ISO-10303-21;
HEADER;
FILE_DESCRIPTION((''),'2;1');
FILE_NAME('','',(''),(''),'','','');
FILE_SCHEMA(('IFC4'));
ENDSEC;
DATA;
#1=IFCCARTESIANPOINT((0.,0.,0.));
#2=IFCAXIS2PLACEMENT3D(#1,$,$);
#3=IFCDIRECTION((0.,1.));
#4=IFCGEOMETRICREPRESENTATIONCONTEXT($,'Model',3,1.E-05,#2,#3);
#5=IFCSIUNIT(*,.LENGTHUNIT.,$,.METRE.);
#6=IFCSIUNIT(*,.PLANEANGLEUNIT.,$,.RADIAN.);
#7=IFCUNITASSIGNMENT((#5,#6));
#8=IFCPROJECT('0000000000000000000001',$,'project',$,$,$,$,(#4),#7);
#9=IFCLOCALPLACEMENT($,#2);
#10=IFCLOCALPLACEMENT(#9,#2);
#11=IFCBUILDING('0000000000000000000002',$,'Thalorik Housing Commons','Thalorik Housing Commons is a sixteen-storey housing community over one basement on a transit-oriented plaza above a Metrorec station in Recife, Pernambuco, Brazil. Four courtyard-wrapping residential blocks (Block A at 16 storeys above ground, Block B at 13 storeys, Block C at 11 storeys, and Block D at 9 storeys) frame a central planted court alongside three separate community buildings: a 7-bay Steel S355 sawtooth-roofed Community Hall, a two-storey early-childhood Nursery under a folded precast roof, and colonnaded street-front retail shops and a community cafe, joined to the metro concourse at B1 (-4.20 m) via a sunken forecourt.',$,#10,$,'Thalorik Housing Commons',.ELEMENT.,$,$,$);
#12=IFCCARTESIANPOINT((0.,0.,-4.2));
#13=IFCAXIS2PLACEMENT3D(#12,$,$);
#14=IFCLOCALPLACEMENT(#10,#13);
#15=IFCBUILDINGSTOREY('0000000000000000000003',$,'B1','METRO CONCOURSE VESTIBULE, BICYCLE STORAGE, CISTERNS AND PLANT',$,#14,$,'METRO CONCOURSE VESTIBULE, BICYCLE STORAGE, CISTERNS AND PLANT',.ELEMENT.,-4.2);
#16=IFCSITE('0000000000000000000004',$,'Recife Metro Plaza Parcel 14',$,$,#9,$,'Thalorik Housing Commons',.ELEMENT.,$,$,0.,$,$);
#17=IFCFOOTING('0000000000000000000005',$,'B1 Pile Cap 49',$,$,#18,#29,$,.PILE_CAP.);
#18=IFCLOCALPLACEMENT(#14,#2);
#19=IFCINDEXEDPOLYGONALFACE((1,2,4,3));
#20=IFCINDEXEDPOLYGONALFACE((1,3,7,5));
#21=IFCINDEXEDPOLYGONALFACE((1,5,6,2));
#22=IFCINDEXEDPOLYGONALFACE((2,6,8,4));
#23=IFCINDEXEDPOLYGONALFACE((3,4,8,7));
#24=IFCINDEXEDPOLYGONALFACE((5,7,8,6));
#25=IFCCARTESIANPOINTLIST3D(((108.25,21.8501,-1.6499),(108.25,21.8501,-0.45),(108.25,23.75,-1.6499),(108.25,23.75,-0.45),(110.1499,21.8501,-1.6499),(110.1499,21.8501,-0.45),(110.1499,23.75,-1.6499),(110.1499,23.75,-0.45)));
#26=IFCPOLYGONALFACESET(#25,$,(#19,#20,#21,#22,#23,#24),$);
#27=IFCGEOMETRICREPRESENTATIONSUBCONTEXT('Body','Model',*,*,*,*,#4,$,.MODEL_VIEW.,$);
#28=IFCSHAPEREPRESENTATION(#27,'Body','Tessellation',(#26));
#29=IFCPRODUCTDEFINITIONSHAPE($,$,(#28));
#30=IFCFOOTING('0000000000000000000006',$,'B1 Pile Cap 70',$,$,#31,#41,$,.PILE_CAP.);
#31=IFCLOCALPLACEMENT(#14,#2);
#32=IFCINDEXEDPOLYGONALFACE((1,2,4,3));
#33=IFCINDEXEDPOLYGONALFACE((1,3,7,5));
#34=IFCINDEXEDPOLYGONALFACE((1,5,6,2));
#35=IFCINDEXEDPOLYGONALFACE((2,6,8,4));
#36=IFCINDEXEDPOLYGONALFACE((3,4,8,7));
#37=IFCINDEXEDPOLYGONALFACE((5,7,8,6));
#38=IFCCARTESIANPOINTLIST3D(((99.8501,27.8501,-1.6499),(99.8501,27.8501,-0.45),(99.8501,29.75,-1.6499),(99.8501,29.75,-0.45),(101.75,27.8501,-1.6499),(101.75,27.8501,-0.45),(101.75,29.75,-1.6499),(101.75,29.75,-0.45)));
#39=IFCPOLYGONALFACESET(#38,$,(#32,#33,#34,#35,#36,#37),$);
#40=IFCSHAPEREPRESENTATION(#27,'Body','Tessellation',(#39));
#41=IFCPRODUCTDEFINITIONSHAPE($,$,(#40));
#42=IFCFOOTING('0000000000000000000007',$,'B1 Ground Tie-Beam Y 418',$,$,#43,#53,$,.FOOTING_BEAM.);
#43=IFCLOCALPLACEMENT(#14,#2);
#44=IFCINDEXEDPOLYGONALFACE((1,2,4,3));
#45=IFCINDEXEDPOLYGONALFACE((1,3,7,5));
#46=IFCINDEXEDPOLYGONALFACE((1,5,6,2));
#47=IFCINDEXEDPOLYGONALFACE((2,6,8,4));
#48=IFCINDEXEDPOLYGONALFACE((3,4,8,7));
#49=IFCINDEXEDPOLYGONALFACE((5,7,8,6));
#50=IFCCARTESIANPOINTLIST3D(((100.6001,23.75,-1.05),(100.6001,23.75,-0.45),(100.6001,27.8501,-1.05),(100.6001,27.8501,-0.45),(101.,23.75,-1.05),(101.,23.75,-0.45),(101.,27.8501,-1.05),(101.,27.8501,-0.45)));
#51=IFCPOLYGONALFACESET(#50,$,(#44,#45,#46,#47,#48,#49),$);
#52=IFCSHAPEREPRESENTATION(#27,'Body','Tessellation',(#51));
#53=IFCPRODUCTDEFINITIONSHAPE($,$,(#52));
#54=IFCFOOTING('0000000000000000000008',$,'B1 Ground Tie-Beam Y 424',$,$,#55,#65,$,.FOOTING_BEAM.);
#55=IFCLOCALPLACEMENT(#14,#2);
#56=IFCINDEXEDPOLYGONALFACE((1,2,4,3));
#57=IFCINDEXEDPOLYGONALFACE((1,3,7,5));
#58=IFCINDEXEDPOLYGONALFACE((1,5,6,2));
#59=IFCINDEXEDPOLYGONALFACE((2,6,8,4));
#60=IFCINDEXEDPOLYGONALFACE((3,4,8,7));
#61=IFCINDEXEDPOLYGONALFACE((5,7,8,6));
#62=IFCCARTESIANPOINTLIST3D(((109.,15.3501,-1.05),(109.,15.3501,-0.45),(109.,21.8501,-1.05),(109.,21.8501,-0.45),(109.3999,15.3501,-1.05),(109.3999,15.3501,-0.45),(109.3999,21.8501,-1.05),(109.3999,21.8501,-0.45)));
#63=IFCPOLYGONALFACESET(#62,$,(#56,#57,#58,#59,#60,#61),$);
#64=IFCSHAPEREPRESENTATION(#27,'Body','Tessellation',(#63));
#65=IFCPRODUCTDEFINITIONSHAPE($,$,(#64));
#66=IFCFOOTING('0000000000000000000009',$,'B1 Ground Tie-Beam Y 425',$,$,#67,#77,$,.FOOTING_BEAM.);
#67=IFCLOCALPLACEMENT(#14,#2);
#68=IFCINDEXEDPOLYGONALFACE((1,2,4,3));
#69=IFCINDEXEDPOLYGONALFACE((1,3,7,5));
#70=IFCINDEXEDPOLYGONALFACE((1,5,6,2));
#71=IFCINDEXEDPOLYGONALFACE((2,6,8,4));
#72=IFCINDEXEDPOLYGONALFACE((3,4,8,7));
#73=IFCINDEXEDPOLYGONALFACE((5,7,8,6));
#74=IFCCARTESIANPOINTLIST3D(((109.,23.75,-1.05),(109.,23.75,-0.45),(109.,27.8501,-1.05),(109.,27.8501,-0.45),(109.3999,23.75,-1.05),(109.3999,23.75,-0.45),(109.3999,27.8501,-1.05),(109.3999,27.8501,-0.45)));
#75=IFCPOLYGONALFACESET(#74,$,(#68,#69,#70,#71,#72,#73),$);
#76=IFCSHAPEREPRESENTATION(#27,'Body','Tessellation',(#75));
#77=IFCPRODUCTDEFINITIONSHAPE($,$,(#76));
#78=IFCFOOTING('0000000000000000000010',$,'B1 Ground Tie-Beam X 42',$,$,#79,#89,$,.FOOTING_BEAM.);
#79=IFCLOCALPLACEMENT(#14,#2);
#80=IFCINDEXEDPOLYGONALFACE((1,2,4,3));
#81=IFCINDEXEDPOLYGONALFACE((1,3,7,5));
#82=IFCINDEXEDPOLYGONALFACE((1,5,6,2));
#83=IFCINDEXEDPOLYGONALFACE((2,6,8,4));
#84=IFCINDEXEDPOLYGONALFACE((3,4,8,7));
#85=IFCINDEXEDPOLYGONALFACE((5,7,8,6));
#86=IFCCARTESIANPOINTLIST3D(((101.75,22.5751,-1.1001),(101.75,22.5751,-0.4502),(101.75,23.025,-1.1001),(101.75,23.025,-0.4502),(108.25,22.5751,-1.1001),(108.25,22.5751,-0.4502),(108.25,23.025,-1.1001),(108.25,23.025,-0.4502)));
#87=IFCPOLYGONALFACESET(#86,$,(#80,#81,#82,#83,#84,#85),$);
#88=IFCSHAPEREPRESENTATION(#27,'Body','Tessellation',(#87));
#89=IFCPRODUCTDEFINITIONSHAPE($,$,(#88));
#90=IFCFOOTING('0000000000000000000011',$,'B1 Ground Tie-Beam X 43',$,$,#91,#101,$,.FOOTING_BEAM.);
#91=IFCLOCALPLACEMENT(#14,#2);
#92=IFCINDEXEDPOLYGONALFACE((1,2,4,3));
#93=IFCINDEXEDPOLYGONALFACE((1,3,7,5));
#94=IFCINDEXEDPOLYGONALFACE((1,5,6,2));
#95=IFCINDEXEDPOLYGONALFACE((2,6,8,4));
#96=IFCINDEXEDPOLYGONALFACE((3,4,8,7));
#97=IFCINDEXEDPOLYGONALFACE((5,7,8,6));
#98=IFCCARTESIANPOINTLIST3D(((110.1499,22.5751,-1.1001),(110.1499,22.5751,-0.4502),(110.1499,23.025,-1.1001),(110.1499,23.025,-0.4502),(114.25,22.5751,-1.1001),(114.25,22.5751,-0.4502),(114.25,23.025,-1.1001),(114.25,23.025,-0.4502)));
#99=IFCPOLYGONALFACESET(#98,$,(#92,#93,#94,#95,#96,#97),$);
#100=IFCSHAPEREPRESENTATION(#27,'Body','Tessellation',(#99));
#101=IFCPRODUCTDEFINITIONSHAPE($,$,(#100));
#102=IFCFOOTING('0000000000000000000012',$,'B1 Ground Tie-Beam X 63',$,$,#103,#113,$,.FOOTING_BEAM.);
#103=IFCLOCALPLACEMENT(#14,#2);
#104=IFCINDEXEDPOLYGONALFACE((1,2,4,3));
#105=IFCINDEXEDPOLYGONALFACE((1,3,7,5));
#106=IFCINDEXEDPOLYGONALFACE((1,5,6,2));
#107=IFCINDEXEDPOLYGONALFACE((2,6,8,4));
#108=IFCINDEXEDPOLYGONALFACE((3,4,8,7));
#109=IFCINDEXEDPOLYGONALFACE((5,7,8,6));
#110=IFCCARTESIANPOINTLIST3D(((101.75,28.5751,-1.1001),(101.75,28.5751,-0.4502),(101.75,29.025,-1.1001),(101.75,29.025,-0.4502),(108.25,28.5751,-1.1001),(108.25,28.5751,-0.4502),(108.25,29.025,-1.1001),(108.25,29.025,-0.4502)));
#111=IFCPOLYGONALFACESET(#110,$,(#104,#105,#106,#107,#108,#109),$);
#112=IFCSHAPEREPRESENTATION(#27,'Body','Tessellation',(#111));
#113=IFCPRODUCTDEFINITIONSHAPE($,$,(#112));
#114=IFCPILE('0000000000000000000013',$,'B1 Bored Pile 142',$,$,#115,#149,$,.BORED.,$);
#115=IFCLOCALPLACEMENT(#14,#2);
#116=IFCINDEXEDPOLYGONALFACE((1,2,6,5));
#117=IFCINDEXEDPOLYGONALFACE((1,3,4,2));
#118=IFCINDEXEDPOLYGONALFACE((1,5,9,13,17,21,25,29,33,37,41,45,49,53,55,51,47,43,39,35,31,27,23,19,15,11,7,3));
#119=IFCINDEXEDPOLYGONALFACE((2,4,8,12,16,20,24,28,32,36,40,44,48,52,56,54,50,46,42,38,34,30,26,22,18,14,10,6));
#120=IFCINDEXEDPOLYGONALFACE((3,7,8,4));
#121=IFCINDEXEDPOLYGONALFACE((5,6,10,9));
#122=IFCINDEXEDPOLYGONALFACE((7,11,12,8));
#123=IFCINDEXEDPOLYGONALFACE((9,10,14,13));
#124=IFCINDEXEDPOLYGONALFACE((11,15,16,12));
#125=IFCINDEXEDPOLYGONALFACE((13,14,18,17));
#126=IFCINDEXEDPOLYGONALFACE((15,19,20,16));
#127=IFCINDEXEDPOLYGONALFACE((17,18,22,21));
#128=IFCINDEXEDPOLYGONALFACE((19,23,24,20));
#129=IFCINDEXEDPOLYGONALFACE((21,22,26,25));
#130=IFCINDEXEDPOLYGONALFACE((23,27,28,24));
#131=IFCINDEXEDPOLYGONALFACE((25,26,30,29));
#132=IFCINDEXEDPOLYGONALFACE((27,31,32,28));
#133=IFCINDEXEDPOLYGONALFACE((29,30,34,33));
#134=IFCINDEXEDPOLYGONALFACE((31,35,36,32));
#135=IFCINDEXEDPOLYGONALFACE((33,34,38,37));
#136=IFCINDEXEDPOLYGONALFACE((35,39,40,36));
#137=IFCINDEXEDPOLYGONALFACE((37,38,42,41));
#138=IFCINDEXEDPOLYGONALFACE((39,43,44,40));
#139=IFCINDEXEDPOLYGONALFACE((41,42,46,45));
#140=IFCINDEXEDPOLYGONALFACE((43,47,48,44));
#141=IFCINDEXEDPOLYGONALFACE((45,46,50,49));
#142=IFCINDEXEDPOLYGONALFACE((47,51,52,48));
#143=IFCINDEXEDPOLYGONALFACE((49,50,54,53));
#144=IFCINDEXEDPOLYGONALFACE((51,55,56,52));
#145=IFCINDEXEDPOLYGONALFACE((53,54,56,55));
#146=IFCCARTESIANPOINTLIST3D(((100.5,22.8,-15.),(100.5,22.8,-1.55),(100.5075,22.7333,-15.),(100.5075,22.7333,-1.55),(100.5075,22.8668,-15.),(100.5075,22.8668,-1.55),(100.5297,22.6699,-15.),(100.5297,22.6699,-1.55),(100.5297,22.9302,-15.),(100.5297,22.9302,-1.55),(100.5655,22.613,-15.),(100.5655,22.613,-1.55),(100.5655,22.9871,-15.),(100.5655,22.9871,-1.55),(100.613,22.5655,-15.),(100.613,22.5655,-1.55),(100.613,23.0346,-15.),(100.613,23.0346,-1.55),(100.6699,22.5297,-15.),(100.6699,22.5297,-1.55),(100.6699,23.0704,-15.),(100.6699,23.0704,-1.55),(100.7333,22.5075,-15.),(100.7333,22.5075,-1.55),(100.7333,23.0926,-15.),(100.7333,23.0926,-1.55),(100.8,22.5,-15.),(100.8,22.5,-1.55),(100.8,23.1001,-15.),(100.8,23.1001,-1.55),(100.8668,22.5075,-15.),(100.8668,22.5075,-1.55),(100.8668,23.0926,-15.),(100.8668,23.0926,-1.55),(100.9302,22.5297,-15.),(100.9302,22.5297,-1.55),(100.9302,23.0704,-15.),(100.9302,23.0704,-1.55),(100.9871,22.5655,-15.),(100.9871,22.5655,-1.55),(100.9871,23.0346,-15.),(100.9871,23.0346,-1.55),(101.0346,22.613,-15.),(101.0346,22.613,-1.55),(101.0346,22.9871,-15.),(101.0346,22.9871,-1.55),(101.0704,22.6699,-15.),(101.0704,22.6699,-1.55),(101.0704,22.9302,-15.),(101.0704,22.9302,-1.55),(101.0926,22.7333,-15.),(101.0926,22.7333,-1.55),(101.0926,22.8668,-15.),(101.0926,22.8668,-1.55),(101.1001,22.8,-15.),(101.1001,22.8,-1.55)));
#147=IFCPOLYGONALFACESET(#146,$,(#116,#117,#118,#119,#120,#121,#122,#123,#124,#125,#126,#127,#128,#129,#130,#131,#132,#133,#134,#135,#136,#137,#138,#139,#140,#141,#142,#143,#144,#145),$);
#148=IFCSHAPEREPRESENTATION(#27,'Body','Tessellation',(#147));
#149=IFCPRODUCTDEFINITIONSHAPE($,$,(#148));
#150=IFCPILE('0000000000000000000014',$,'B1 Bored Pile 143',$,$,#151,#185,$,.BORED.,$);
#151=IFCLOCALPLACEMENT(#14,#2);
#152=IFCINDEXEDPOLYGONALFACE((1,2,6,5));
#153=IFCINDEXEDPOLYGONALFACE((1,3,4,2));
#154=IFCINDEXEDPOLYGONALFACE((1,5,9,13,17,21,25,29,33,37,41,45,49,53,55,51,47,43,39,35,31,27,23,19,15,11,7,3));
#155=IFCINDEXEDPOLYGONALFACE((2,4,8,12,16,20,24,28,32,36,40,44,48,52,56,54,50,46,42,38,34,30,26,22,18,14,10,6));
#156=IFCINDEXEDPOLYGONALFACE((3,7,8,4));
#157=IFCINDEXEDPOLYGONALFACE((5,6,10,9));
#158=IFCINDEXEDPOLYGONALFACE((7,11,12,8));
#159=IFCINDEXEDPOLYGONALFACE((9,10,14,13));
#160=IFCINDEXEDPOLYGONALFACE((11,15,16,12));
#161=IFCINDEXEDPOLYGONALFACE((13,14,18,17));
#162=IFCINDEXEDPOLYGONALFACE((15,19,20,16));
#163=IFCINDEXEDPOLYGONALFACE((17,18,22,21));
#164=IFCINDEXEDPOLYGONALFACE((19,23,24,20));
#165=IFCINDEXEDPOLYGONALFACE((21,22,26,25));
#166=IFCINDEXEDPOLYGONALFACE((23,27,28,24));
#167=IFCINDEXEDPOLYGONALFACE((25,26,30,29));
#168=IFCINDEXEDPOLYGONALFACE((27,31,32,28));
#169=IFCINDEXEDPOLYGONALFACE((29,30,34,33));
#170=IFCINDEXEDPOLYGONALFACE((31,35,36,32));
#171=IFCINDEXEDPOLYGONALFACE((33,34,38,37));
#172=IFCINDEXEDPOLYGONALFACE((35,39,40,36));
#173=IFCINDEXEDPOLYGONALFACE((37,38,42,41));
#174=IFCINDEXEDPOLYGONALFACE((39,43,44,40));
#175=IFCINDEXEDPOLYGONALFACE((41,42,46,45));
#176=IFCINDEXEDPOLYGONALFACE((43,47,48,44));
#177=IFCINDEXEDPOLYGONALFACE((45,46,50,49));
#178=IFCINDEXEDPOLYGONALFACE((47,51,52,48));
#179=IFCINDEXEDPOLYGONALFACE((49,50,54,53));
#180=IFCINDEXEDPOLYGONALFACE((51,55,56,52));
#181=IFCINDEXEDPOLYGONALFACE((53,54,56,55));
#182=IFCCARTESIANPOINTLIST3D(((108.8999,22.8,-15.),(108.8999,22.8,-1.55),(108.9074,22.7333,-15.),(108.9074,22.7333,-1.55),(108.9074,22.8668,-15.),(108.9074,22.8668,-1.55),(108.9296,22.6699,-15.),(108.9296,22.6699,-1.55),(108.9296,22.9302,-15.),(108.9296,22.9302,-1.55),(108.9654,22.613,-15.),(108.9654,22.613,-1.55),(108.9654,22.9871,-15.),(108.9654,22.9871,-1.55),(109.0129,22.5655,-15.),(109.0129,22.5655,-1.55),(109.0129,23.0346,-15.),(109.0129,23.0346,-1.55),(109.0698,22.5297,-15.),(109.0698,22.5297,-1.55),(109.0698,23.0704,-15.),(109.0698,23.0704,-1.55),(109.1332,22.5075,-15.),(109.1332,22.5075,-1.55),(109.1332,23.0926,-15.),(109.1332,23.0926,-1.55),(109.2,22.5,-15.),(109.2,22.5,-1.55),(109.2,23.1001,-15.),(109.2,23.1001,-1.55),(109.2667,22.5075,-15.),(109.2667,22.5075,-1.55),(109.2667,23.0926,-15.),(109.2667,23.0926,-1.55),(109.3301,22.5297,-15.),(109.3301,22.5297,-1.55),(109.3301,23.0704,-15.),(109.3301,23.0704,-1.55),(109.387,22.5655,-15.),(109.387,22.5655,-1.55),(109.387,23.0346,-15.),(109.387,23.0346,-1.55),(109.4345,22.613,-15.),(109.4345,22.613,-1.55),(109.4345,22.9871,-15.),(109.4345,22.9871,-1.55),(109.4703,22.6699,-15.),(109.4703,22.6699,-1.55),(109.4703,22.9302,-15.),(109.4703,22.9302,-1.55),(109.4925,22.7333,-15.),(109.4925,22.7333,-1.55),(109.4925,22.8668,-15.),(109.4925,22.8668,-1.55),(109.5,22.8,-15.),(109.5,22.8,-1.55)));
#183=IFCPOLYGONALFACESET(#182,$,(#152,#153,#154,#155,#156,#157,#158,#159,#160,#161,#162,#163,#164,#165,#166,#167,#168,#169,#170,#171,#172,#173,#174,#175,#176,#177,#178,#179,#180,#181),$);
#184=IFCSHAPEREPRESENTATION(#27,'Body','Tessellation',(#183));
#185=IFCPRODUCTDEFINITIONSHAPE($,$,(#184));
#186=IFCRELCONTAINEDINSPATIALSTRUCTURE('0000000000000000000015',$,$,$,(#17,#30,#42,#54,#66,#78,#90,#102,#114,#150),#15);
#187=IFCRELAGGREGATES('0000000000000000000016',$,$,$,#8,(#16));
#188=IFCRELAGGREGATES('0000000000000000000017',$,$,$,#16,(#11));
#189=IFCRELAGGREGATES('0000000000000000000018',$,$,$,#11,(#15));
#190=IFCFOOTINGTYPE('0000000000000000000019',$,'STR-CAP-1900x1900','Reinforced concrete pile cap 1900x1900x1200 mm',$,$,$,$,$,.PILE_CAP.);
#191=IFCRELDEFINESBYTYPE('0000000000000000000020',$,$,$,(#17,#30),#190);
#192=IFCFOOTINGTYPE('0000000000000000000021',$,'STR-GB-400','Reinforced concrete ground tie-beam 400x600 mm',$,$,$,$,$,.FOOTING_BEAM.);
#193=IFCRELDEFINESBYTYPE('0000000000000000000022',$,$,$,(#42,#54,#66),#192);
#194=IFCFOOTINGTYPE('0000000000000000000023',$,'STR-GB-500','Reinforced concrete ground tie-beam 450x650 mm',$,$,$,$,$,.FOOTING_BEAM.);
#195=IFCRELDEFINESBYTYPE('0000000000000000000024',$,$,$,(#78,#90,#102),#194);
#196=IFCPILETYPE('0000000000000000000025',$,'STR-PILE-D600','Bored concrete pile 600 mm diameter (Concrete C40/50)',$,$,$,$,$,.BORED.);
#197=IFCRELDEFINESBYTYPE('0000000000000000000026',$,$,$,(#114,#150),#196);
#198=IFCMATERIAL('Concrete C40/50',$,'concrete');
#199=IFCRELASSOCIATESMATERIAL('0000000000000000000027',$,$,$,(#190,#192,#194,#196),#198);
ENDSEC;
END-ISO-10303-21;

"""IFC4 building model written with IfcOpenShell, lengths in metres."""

from ifc_helpers import new_model, si_unit, direction, frame, origin, origin_2d, place, context, subcontext, project, spatial, rectangle, circle, extrude, material, material_profile, profile_set, type_object, element, save


model = new_model("IFC4")

# Units and contexts
model_context = context("Model", 3, precision=1e-05, world=origin(), true_north=direction((0.0, 1.0)))
body_context = subcontext(model_context, "Body", "Model", "MODEL_VIEW")
ifc_project = project(units=[si_unit("LENGTHUNIT", "METRE"), si_unit("PLANEANGLEUNIT", "RADIAN")], contexts=[model_context])

# Site, building, storey
site_placement = place(None, origin())
site = spatial("IfcSite", under=ifc_project, at=site_placement, Name="Recife Metro Plaza Parcel 14", LongName="Thalorik Housing Commons", CompositionType="ELEMENT", RefElevation=0.0)
building_placement = place(site_placement, origin())
building = spatial("IfcBuilding", under=site, at=building_placement, Name="Thalorik Housing Commons", Description="Thalorik Housing Commons is a sixteen-storey housing community over one basement on a transit-oriented plaza above a Metrorec station in Recife, Pernambuco, Brazil. Four courtyard-wrapping residential blocks (Block A at 16 storeys above ground, Block B at 13 storeys, Block C at 11 storeys, and Block D at 9 storeys) frame a central planted court alongside three separate community buildings: a 7-bay Steel S355 sawtooth-roofed Community Hall, a two-storey early-childhood Nursery under a folded precast roof, and colonnaded street-front retail shops and a community cafe, joined to the metro concourse at B1 (-4.20 m) via a sunken forecourt.", LongName="Thalorik Housing Commons", CompositionType="ELEMENT")
storey_placement = place(building_placement, frame((0.0, 0.0, -4.2)))
storey = spatial("IfcBuildingStorey", under=building, at=storey_placement, Name="B1", Description="METRO CONCOURSE VESTIBULE, BICYCLE STORAGE, CISTERNS AND PLANT", LongName="METRO CONCOURSE VESTIBULE, BICYCLE STORAGE, CISTERNS AND PLANT", CompositionType="ELEMENT", Elevation=-4.2)

# Footings
ifc_material_1 = material(Name="Concrete C40/50", Category="concrete")
footing_type_1 = type_object("IfcFootingType", Name="STR-CAP-1900x1900", Description="Reinforced concrete pile cap 1900x1900x1200 mm", PredefinedType="PILE_CAP", material=ifc_material_1)
for number, where, z_axis, x_axis, name in (
    (1, (109.2, 22.8, -1.6499), (0.0, 0.0, 1.0), (1.0, 0.0, 0.0), "B1 Pile Cap 49"),
    (2, (100.8, 28.8, -1.6499), (0.0, 0.0, 1.0), (1.0, 0.0, 0.0), "B1 Pile Cap 70"),
):
    element("IfcFooting", number, at=place(storey_placement, frame(where, z_axis=z_axis, x_axis=x_axis)), inside=storey, type_object=footing_type_1, Name=name, PredefinedType="PILE_CAP", context=body_context, shape_type="SweptSolid", body=[
        extrude(rectangle(XDim=1.8999, YDim=1.8999, at=origin_2d()), origin(), (0.0, 0.0, 1.0), 1.2),
    ])
ifc_material_profile_1 = material_profile(ifc_material_1, rectangle(XDim=0.3999, YDim=0.6001, at=origin_2d()), Name="RC 400x600", Category="concrete")
ifc_profile_set_1 = profile_set([ifc_material_profile_1], Name="Concrete C40/50")
footing_type_2 = type_object("IfcFootingType", Name="STR-GB-400", Description="Reinforced concrete ground tie-beam 400x600 mm", PredefinedType="FOOTING_BEAM", material=ifc_profile_set_1)
footing_1_placement = place(storey_placement, frame((100.8, 23.75, -0.75), z_axis=(0.0, 1.0, 0.0), x_axis=(-1.0, 0.0, 0.0)))
element("IfcFooting", 3, at=footing_1_placement, inside=storey, type_object=footing_type_2, Name="B1 Ground Tie-Beam Y 418", PredefinedType="FOOTING_BEAM", context=body_context, shape_type="SweptSolid", body=[
    extrude(rectangle(XDim=0.3999, YDim=0.6001, at=origin_2d()), origin(), (0.0, 0.0, 1.0), 4.1001),
])
footing_2_placement = place(storey_placement, frame((109.2, 15.3501, -0.75), z_axis=(0.0, 1.0, 0.0), x_axis=(-1.0, 0.0, 0.0)))
element("IfcFooting", 4, at=footing_2_placement, inside=storey, type_object=footing_type_2, Name="B1 Ground Tie-Beam Y 424", PredefinedType="FOOTING_BEAM", context=body_context, shape_type="SweptSolid", body=[
    extrude(rectangle(XDim=0.3999, YDim=0.6001, at=origin_2d()), origin(), (0.0, 0.0, 1.0), 6.5),
])
footing_3_placement = place(storey_placement, frame((109.2, 23.75, -0.75), z_axis=(0.0, 1.0, 0.0), x_axis=(-1.0, 0.0, 0.0)))
element("IfcFooting", 5, at=footing_3_placement, inside=storey, type_object=footing_type_2, Name="B1 Ground Tie-Beam Y 425", PredefinedType="FOOTING_BEAM", context=body_context, shape_type="SweptSolid", body=[
    extrude(rectangle(XDim=0.3999, YDim=0.6001, at=origin_2d()), origin(), (0.0, 0.0, 1.0), 4.1001),
])
ifc_material_profile_2 = material_profile(ifc_material_1, rectangle(XDim=0.45, YDim=0.6499, at=origin_2d()), Name="RC 450x650", Category="concrete")
ifc_profile_set_2 = profile_set([ifc_material_profile_2], Name="Concrete C40/50")
footing_type_3 = type_object("IfcFootingType", Name="STR-GB-500", Description="Reinforced concrete ground tie-beam 450x650 mm", PredefinedType="FOOTING_BEAM", material=ifc_profile_set_2)
footing_4_placement = place(storey_placement, frame((101.75, 22.8, -0.7751), z_axis=(1.0, 0.0, 0.0), x_axis=(0.0, 1.0, 0.0)))
element("IfcFooting", 6, at=footing_4_placement, inside=storey, type_object=footing_type_3, Name="B1 Ground Tie-Beam X 42", PredefinedType="FOOTING_BEAM", context=body_context, shape_type="SweptSolid", body=[
    extrude(rectangle(XDim=0.45, YDim=0.6499, at=origin_2d()), origin(), (0.0, 0.0, 1.0), 6.5),
])
footing_5_placement = place(storey_placement, frame((110.1499, 22.8, -0.7751), z_axis=(1.0, 0.0, 0.0), x_axis=(0.0, 1.0, 0.0)))
element("IfcFooting", 7, at=footing_5_placement, inside=storey, type_object=footing_type_3, Name="B1 Ground Tie-Beam X 43", PredefinedType="FOOTING_BEAM", context=body_context, shape_type="SweptSolid", body=[
    extrude(rectangle(XDim=0.45, YDim=0.6499, at=origin_2d()), origin(), (0.0, 0.0, 1.0), 4.1001),
])
footing_6_placement = place(storey_placement, frame((101.75, 28.8, -0.7751), z_axis=(1.0, 0.0, 0.0), x_axis=(0.0, 1.0, 0.0)))
element("IfcFooting", 8, at=footing_6_placement, inside=storey, type_object=footing_type_3, Name="B1 Ground Tie-Beam X 63", PredefinedType="FOOTING_BEAM", context=body_context, shape_type="SweptSolid", body=[
    extrude(rectangle(XDim=0.45, YDim=0.6499, at=origin_2d()), origin(), (0.0, 0.0, 1.0), 6.5),
])

# Piles
ifc_material_profile_3 = material_profile(ifc_material_1, circle(Radius=0.3, at=origin_2d()), Name="BORED PILE D600", Category="concrete")
ifc_profile_set_3 = profile_set([ifc_material_profile_3], Name="Concrete C40/50")
pile_type_1 = type_object("IfcPileType", Name="STR-PILE-D600", Description="Bored concrete pile 600 mm diameter (Concrete C40/50)", PredefinedType="BORED", material=ifc_profile_set_3)
for number, where, z_axis, x_axis, name in (
    (9, (100.8, 22.8, -1.55), (0.0, 0.0, -1.0), (1.0, 0.0, 0.0), "B1 Bored Pile 142"),
    (10, (109.2, 22.8, -1.55), (0.0, 0.0, -1.0), (1.0, 0.0, 0.0), "B1 Bored Pile 143"),
):
    element("IfcPile", number, at=place(storey_placement, frame(where, z_axis=z_axis, x_axis=x_axis)), inside=storey, type_object=pile_type_1, Name=name, PredefinedType="BORED", context=body_context, shape_type="SweptSolid", body=[
        extrude(circle(Radius=0.3, at=origin_2d()), origin(), (0.0, 0.0, 1.0), 13.45),
    ])

save(model, "model.ifc")
